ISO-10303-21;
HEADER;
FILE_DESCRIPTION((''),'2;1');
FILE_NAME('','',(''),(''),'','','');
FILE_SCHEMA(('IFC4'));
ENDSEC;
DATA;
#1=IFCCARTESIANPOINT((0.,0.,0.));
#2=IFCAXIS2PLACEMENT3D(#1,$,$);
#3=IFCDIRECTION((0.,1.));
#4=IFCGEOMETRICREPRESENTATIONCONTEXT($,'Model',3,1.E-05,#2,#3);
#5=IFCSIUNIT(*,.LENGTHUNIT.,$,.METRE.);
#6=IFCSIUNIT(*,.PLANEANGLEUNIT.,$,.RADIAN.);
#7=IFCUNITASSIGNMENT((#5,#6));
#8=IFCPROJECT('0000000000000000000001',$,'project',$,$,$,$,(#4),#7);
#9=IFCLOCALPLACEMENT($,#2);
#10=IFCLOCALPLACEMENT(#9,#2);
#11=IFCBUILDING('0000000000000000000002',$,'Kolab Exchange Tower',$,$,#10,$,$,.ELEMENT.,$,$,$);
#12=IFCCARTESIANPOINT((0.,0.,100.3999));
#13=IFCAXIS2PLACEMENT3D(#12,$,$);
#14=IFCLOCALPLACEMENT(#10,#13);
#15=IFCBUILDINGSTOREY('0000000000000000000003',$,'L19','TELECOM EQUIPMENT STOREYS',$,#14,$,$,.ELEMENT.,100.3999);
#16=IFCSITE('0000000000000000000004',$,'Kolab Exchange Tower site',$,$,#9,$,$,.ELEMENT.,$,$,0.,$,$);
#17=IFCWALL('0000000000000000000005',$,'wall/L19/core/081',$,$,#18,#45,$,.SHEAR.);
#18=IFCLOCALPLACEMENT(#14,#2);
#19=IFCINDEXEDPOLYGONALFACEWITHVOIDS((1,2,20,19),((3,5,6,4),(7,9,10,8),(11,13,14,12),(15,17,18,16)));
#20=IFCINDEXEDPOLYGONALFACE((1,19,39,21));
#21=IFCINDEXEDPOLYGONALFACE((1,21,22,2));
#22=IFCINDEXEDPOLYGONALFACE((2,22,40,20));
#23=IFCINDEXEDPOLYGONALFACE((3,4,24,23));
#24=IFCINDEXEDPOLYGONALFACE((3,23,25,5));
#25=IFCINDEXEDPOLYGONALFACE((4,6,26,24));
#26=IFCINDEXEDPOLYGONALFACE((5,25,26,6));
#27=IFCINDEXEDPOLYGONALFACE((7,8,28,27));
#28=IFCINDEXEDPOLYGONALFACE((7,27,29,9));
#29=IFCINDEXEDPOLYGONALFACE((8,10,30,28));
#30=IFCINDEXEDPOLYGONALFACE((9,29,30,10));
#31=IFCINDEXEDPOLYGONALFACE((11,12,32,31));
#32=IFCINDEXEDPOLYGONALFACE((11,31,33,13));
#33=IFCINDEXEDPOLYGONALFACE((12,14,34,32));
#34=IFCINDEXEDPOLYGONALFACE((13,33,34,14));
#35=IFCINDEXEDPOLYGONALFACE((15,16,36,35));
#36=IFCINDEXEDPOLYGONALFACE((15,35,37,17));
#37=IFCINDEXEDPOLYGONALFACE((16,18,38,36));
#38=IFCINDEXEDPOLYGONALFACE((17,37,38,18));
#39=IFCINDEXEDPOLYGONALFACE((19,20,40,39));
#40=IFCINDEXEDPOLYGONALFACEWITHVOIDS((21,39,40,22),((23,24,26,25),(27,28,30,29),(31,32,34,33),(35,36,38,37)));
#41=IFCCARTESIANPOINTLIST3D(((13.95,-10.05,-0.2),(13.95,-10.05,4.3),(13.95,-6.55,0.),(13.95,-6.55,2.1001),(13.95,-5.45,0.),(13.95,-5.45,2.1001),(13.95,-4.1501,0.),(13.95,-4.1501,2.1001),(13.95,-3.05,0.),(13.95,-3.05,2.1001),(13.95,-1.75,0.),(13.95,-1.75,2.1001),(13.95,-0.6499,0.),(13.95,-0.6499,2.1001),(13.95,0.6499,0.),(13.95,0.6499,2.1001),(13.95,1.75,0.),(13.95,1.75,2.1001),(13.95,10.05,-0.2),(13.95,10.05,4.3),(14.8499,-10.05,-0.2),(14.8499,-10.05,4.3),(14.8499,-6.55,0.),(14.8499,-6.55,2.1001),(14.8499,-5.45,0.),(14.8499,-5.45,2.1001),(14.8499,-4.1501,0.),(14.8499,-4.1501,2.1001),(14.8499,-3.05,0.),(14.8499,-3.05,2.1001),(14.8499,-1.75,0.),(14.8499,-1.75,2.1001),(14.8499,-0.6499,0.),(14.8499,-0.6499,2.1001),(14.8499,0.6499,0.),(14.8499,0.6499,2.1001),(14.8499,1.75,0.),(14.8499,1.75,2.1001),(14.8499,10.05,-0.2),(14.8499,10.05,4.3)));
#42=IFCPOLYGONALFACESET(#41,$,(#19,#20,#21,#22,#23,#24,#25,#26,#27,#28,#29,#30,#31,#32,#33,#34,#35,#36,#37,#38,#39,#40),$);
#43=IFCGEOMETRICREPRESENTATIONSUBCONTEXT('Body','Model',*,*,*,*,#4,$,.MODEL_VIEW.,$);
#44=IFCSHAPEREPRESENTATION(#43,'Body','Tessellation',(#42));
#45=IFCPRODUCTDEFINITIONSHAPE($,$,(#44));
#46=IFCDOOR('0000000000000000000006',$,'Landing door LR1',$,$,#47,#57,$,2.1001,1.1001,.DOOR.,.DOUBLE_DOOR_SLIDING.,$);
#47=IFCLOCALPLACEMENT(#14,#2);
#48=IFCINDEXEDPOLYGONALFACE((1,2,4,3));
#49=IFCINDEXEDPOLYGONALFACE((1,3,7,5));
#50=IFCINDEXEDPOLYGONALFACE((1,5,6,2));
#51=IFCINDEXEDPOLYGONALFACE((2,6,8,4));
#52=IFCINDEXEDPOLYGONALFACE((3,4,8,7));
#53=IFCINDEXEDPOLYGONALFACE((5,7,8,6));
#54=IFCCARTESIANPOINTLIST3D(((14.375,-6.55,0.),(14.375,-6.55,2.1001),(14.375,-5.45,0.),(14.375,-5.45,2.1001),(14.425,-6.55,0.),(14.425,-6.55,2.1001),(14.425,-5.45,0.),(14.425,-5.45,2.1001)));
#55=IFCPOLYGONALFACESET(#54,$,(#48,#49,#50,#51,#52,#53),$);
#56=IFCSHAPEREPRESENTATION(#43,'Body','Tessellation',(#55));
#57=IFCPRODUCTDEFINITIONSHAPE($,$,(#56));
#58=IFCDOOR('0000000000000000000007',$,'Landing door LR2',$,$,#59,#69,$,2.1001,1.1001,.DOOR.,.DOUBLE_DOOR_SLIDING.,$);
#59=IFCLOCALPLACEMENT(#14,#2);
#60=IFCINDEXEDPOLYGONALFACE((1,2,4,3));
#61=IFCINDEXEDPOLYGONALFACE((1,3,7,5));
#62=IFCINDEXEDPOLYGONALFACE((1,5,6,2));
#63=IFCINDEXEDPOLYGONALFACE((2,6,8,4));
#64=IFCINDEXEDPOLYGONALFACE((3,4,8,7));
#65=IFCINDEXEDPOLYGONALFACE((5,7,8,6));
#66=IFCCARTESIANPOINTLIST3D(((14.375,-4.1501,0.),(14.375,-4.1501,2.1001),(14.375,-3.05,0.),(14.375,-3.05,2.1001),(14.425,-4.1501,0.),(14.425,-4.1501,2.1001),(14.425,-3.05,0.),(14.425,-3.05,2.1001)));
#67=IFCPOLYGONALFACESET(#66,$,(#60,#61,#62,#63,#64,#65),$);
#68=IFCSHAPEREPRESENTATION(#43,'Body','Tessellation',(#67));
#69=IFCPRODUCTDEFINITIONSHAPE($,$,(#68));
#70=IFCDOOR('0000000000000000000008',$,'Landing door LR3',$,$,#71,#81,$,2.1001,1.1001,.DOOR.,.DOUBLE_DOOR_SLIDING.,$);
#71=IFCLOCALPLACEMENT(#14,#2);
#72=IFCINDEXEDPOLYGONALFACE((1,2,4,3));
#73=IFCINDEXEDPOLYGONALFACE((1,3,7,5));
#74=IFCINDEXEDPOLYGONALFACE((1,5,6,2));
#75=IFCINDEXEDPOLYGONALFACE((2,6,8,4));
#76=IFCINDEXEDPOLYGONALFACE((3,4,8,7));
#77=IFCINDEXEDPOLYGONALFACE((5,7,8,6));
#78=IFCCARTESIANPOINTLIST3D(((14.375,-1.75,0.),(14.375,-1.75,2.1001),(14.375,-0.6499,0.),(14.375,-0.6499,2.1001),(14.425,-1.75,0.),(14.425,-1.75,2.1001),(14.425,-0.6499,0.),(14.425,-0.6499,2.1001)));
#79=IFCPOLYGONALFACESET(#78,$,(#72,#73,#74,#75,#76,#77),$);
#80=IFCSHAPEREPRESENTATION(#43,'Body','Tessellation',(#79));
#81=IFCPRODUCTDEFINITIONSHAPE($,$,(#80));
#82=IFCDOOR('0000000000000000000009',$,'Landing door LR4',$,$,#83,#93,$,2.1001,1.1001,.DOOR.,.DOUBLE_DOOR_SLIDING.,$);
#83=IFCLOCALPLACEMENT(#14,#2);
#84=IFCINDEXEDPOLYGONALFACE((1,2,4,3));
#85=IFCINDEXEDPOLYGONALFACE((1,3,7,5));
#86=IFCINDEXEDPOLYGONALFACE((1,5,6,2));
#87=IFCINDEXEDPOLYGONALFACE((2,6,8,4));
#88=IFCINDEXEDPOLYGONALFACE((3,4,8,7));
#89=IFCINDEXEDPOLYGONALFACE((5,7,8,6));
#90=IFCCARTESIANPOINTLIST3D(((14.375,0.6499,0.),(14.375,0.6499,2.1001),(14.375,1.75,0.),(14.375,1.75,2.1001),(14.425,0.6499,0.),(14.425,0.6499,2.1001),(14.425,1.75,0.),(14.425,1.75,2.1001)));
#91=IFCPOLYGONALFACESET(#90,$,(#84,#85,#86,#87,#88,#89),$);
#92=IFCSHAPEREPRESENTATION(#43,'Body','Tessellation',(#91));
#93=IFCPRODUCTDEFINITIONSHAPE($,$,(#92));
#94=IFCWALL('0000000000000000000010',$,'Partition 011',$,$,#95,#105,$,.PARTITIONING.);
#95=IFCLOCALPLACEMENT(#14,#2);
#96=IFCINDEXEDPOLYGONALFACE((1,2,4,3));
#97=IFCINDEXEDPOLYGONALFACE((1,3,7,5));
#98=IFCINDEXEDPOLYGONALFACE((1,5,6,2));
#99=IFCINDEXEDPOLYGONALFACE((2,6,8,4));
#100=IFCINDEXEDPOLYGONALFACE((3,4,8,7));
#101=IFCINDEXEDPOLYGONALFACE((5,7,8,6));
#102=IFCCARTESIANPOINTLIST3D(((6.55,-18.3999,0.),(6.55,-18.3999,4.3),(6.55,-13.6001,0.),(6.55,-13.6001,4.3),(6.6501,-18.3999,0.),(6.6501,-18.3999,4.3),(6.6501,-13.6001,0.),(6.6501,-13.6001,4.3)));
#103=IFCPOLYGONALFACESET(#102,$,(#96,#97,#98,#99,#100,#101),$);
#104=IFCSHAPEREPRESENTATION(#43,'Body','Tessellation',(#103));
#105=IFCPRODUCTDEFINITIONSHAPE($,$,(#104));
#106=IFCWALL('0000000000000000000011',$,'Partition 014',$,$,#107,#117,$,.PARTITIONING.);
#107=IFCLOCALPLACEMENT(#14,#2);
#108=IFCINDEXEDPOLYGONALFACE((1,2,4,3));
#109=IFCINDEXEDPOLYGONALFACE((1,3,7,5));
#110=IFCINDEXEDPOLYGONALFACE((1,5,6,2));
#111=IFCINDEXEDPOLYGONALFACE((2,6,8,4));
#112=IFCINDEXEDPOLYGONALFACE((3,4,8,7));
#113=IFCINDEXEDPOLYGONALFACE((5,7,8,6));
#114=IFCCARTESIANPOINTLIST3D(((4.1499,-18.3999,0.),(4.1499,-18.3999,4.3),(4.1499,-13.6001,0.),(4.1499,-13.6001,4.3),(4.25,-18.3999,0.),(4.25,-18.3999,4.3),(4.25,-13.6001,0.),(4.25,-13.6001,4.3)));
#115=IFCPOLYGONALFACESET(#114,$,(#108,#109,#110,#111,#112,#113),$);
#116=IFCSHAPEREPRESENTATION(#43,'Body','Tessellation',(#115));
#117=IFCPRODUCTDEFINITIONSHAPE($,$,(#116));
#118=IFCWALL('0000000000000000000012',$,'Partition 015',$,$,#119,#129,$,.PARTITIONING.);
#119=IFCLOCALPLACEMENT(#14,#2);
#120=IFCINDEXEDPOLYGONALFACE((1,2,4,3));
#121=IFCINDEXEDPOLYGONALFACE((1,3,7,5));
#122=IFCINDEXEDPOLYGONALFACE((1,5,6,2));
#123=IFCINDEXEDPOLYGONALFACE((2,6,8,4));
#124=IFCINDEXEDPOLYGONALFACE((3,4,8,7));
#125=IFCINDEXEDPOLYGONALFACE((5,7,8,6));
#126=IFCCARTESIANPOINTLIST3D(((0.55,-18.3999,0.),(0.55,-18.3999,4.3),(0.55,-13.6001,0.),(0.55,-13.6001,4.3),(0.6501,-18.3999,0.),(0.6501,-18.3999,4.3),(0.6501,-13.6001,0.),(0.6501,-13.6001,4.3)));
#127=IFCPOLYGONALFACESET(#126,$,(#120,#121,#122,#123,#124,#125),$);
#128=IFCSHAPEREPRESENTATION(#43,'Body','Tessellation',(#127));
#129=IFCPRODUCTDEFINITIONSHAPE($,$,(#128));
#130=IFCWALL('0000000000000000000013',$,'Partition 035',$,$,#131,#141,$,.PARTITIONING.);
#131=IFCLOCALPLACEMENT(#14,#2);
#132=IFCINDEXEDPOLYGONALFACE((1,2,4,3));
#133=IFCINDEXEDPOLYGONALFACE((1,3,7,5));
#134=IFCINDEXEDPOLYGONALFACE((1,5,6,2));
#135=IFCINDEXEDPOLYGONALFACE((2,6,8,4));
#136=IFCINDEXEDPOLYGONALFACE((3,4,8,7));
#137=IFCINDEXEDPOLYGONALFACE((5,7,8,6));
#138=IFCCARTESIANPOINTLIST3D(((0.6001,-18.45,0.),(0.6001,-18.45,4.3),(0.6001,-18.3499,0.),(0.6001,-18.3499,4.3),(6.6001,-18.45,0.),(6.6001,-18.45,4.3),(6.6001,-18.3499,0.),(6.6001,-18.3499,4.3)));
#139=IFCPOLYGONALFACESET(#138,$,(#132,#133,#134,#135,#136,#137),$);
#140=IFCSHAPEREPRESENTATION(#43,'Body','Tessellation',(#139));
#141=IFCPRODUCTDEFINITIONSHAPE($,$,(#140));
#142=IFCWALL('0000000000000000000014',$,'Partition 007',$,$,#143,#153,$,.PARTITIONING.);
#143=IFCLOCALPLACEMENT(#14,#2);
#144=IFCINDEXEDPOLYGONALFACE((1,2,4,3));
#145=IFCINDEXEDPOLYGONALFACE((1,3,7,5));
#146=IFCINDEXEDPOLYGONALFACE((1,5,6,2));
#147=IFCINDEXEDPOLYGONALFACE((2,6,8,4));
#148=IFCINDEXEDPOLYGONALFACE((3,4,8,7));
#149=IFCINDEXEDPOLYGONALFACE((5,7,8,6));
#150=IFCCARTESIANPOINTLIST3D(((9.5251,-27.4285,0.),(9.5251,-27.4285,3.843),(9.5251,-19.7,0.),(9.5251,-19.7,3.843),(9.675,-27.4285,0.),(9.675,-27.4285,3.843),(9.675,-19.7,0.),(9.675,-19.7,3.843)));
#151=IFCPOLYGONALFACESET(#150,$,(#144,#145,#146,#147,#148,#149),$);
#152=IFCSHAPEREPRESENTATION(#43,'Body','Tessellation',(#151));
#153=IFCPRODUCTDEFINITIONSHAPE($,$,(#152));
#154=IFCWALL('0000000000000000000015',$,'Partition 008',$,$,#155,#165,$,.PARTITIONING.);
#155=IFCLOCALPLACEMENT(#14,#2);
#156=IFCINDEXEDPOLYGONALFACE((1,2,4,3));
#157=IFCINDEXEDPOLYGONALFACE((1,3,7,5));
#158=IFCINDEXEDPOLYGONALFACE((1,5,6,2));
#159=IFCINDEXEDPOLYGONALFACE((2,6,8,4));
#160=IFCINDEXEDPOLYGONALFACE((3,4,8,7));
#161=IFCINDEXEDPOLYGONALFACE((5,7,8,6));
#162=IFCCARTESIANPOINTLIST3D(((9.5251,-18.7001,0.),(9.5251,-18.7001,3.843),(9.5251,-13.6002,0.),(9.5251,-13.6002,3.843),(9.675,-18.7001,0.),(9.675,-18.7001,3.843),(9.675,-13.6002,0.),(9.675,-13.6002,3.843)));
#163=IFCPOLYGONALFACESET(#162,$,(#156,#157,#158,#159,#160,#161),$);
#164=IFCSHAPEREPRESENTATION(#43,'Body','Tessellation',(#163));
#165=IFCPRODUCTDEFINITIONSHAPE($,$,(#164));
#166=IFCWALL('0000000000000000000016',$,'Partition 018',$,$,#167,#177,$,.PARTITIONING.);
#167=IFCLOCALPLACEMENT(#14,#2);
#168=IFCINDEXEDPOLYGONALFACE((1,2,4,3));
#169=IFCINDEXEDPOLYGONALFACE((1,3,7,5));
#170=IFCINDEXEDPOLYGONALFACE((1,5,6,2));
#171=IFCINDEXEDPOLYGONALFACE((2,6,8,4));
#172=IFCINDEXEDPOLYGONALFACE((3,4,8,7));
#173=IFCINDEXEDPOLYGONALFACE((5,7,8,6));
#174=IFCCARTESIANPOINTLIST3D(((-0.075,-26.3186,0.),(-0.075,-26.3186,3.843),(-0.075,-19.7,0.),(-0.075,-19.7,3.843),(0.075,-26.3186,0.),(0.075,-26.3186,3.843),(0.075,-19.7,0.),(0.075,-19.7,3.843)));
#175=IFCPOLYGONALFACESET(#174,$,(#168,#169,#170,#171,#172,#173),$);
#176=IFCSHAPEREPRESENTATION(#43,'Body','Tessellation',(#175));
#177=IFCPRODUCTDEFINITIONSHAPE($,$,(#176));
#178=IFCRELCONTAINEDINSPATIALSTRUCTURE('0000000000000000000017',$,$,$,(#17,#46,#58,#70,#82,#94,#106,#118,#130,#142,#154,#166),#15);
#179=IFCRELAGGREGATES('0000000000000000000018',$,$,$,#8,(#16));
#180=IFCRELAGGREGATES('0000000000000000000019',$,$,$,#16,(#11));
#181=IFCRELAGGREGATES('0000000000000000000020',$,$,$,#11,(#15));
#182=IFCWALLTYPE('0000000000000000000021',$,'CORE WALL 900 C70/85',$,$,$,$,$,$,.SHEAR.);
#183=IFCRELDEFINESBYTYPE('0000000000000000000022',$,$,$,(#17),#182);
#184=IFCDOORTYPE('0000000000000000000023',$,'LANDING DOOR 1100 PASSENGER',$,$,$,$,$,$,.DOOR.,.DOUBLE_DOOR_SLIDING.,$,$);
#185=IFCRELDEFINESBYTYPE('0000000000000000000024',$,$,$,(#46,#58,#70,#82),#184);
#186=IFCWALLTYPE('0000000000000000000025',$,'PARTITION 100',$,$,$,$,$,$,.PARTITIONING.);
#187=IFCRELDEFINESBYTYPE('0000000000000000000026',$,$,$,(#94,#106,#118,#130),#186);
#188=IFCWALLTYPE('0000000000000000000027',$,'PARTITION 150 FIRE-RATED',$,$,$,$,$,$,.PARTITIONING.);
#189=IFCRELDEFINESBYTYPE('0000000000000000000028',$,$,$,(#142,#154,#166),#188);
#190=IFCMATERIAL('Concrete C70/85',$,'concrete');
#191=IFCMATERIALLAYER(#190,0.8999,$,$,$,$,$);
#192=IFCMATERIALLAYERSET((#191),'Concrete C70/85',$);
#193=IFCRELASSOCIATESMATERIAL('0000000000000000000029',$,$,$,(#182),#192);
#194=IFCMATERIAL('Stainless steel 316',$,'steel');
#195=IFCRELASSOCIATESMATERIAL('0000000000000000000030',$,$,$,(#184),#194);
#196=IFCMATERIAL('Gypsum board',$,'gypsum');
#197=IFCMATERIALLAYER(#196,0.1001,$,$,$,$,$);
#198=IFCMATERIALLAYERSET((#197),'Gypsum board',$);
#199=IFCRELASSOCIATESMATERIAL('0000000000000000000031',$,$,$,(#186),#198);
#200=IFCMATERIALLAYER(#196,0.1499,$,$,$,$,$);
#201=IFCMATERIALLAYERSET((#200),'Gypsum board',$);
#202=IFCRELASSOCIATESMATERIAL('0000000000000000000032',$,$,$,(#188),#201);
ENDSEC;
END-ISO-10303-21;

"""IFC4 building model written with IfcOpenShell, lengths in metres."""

from ifc_helpers import new_model, si_unit, direction, frame, frame_2d, origin, place, context, subcontext, project, spatial, rectangle, extrude, material, layer, layer_set, type_object, element, fill, save


model = new_model("IFC4")

# Units and contexts
model_context = context("Model", 3, precision=1e-05, world=origin(), true_north=direction((0.0, 1.0)))
body_context = subcontext(model_context, "Body", "Model", "MODEL_VIEW")
ifc_project = project(units=[si_unit("LENGTHUNIT", "METRE"), si_unit("PLANEANGLEUNIT", "RADIAN")], contexts=[model_context])

# Site, building, storey
site_placement = place(None, origin())
site = spatial("IfcSite", under=ifc_project, at=site_placement, Name="Kolab Exchange Tower site", CompositionType="ELEMENT", RefElevation=0.0)
building_placement = place(site_placement, origin())
building = spatial("IfcBuilding", under=site, at=building_placement, Name="Kolab Exchange Tower", CompositionType="ELEMENT")
storey_placement = place(building_placement, frame((0.0, 0.0, 100.3999)))
storey = spatial("IfcBuildingStorey", under=building, at=storey_placement, Name="L19", Description="TELECOM EQUIPMENT STOREYS", CompositionType="ELEMENT", Elevation=100.3999)

# Shared definitions
ifc_material_1 = material(Name="Concrete C70/85", Category="concrete")

# Shared definitions
ifc_layer_1 = layer(ifc_material_1, 0.8999)
ifc_layer_set_1 = layer_set([ifc_layer_1], Name="Concrete C70/85")
wall_type_1 = type_object("IfcWallType", Name="CORE WALL 900 C70/85", PredefinedType="SHEAR", material=ifc_layer_set_1)

# Wall, openings, doors
wall_1_placement = place(storey_placement, frame((14.3999, -10.05, -0.2), z_axis=(0.0, 0.0, 1.0), x_axis=(0.0, 1.0, 0.0)))
wall_1 = element("IfcWall", 1, at=wall_1_placement, inside=storey, type_object=wall_type_1, Name="wall/L19/core/081", PredefinedType="SHEAR", context=body_context, shape_type="SweptSolid", body=[
    extrude(rectangle(XDim=20.1001, YDim=0.8999, at=frame_2d((10.05, 0.0))), origin(), (0.0, 0.0, 1.0), 4.5),
])
opening_1_placement = place(wall_1_placement, frame((3.5, 0.0, 0.2)))
opening_1 = element("IfcOpeningElement", 2, at=opening_1_placement, cuts=wall_1, PredefinedType="OPENING", context=body_context, shape_type="SweptSolid", body=[
    extrude(rectangle(XDim=1.1001, YDim=2.1001, at=frame_2d((0.55, 1.05))), frame((0.0, 0.46, 0.0), z_axis=(0.0, -1.0, 0.0), x_axis=(1.0, 0.0, 0.0)), (0.0, 0.0, 1.0), 0.9199),
])
opening_2_placement = place(wall_1_placement, frame((5.8999, 0.0, 0.2)))
opening_2 = element("IfcOpeningElement", 3, at=opening_2_placement, cuts=wall_1, PredefinedType="OPENING", context=body_context, shape_type="SweptSolid", body=[
    extrude(rectangle(XDim=1.1001, YDim=2.1001, at=frame_2d((0.55, 1.05))), frame((0.0, 0.46, 0.0), z_axis=(0.0, -1.0, 0.0), x_axis=(1.0, 0.0, 0.0)), (0.0, 0.0, 1.0), 0.9199),
])
opening_3_placement = place(wall_1_placement, frame((8.3, 0.0, 0.2)))
opening_3 = element("IfcOpeningElement", 4, at=opening_3_placement, cuts=wall_1, PredefinedType="OPENING", context=body_context, shape_type="SweptSolid", body=[
    extrude(rectangle(XDim=1.1001, YDim=2.1001, at=frame_2d((0.55, 1.05))), frame((0.0, 0.46, 0.0), z_axis=(0.0, -1.0, 0.0), x_axis=(1.0, 0.0, 0.0)), (0.0, 0.0, 1.0), 0.9199),
])
opening_4_placement = place(wall_1_placement, frame((10.7, 0.0, 0.2)))
opening_4 = element("IfcOpeningElement", 5, at=opening_4_placement, cuts=wall_1, PredefinedType="OPENING", context=body_context, shape_type="SweptSolid", body=[
    extrude(rectangle(XDim=1.1001, YDim=2.1001, at=frame_2d((0.55, 1.05))), frame((0.0, 0.46, 0.0), z_axis=(0.0, -1.0, 0.0), x_axis=(1.0, 0.0, 0.0)), (0.0, 0.0, 1.0), 0.9199),
])
ifc_material_2 = material(Name="Stainless steel 316", Category="steel")
door_type = type_object("IfcDoorType", Name="LANDING DOOR 1100 PASSENGER", OperationType="DOUBLE_DOOR_SLIDING", PredefinedType="DOOR", material=ifc_material_2)
door_1_placement = place(opening_1_placement, origin())
door_1 = element("IfcDoor", 6, at=door_1_placement, inside=storey, type_object=door_type, Name="Landing door LR1", OperationType="DOUBLE_DOOR_SLIDING", OverallHeight=2.1001, OverallWidth=1.1001, PredefinedType="DOOR", context=body_context, shape_type="SweptSolid", body=[
    extrude(rectangle(XDim=1.1001, YDim=2.1001, at=frame_2d((0.55, 1.05))), frame((0.0, 0.0249, 0.0), z_axis=(0.0, -1.0, 0.0), x_axis=(1.0, 0.0, 0.0)), (0.0, 0.0, 1.0), 0.05),
])
fill(opening_1, door_1)
door_2_placement = place(opening_2_placement, origin())
door_2 = element("IfcDoor", 7, at=door_2_placement, inside=storey, type_object=door_type, Name="Landing door LR2", OperationType="DOUBLE_DOOR_SLIDING", OverallHeight=2.1001, OverallWidth=1.1001, PredefinedType="DOOR", context=body_context, shape_type="SweptSolid", body=[
    extrude(rectangle(XDim=1.1001, YDim=2.1001, at=frame_2d((0.55, 1.05))), frame((0.0, 0.0249, 0.0), z_axis=(0.0, -1.0, 0.0), x_axis=(1.0, 0.0, 0.0)), (0.0, 0.0, 1.0), 0.05),
])
fill(opening_2, door_2)
door_3_placement = place(opening_3_placement, origin())
door_3 = element("IfcDoor", 8, at=door_3_placement, inside=storey, type_object=door_type, Name="Landing door LR3", OperationType="DOUBLE_DOOR_SLIDING", OverallHeight=2.1001, OverallWidth=1.1001, PredefinedType="DOOR", context=body_context, shape_type="SweptSolid", body=[
    extrude(rectangle(XDim=1.1001, YDim=2.1001, at=frame_2d((0.55, 1.05))), frame((0.0, 0.0249, 0.0), z_axis=(0.0, -1.0, 0.0), x_axis=(1.0, 0.0, 0.0)), (0.0, 0.0, 1.0), 0.05),
])
fill(opening_3, door_3)
door_4_placement = place(opening_4_placement, origin())
door_4 = element("IfcDoor", 9, at=door_4_placement, inside=storey, type_object=door_type, Name="Landing door LR4", OperationType="DOUBLE_DOOR_SLIDING", OverallHeight=2.1001, OverallWidth=1.1001, PredefinedType="DOOR", context=body_context, shape_type="SweptSolid", body=[
    extrude(rectangle(XDim=1.1001, YDim=2.1001, at=frame_2d((0.55, 1.05))), frame((0.0, 0.0249, 0.0), z_axis=(0.0, -1.0, 0.0), x_axis=(1.0, 0.0, 0.0)), (0.0, 0.0, 1.0), 0.05),
])
fill(opening_4, door_4)

# Walls
ifc_material_3 = material(Name="Gypsum board", Category="gypsum")
ifc_layer_2 = layer(ifc_material_3, 0.1001)
ifc_layer_set_2 = layer_set([ifc_layer_2], Name="Gypsum board")
wall_type_2 = type_object("IfcWallType", Name="PARTITION 100", PredefinedType="PARTITIONING", material=ifc_layer_set_2)
for number, where, z_axis, x_axis, name in (
    (10, (6.6001, -18.3999, 0.0), (0.0, 0.0, 1.0), (0.0, 1.0, 0.0), "Partition 011"),
    (11, (4.2, -18.3999, 0.0), (0.0, 0.0, 1.0), (0.0, 1.0, 0.0), "Partition 014"),
    (12, (0.6001, -18.3999, 0.0), (0.0, 0.0, 1.0), (0.0, 1.0, 0.0), "Partition 015"),
):
    element("IfcWall", number, at=place(storey_placement, frame(where, z_axis=z_axis, x_axis=x_axis)), inside=storey, type_object=wall_type_2, Name=name, PredefinedType="PARTITIONING", context=body_context, shape_type="SweptSolid", body=[
        extrude(rectangle(XDim=4.7998, YDim=0.1001, at=frame_2d((2.3999, 0.0))), origin(), (0.0, 0.0, 1.0), 4.3),
    ])
wall_2_placement = place(storey_placement, frame((0.6001, -18.3999, 0.0), z_axis=(0.0, 0.0, 1.0), x_axis=(1.0, 0.0, 0.0)))
element("IfcWall", 13, at=wall_2_placement, inside=storey, type_object=wall_type_2, Name="Partition 035", PredefinedType="PARTITIONING", context=body_context, shape_type="SweptSolid", body=[
    extrude(rectangle(XDim=6.0, YDim=0.1001, at=frame_2d((3.0, 0.0))), origin(), (0.0, 0.0, 1.0), 4.3),
])
ifc_layer_3 = layer(ifc_material_3, 0.1499)
ifc_layer_set_3 = layer_set([ifc_layer_3], Name="Gypsum board")
wall_type_3 = type_object("IfcWallType", Name="PARTITION 150 FIRE-RATED", PredefinedType="PARTITIONING", material=ifc_layer_set_3)
wall_3_placement = place(storey_placement, frame((9.6001, -27.4285, 0.0), z_axis=(0.0, 0.0, 1.0), x_axis=(0.0, 1.0, 0.0)))
element("IfcWall", 14, at=wall_3_placement, inside=storey, type_object=wall_type_3, Name="Partition 007", PredefinedType="PARTITIONING", context=body_context, shape_type="SweptSolid", body=[
    extrude(rectangle(XDim=7.7285, YDim=0.1499, at=frame_2d((3.8643, 0.0))), origin(), (0.0, 0.0, 1.0), 3.843),
])
wall_4_placement = place(storey_placement, frame((9.6001, -18.7, 0.0), z_axis=(0.0, 0.0, 1.0), x_axis=(0.0, 1.0, 0.0)))
element("IfcWall", 15, at=wall_4_placement, inside=storey, type_object=wall_type_3, Name="Partition 008", PredefinedType="PARTITIONING", context=body_context, shape_type="SweptSolid", body=[
    extrude(rectangle(XDim=5.0999, YDim=0.1499, at=frame_2d((2.5498, 0.0))), origin(), (0.0, 0.0, 1.0), 3.843),
])
wall_5_placement = place(storey_placement, frame((0.0, -26.3186, 0.0), z_axis=(0.0, 0.0, 1.0), x_axis=(0.0, 1.0, 0.0)))
element("IfcWall", 16, at=wall_5_placement, inside=storey, type_object=wall_type_3, Name="Partition 018", PredefinedType="PARTITIONING", context=body_context, shape_type="SweptSolid", body=[
    extrude(rectangle(XDim=6.6187, YDim=0.1499, at=frame_2d((3.3093, 0.0))), origin(), (0.0, 0.0, 1.0), 3.843),
])

save(model, "model.ifc")
